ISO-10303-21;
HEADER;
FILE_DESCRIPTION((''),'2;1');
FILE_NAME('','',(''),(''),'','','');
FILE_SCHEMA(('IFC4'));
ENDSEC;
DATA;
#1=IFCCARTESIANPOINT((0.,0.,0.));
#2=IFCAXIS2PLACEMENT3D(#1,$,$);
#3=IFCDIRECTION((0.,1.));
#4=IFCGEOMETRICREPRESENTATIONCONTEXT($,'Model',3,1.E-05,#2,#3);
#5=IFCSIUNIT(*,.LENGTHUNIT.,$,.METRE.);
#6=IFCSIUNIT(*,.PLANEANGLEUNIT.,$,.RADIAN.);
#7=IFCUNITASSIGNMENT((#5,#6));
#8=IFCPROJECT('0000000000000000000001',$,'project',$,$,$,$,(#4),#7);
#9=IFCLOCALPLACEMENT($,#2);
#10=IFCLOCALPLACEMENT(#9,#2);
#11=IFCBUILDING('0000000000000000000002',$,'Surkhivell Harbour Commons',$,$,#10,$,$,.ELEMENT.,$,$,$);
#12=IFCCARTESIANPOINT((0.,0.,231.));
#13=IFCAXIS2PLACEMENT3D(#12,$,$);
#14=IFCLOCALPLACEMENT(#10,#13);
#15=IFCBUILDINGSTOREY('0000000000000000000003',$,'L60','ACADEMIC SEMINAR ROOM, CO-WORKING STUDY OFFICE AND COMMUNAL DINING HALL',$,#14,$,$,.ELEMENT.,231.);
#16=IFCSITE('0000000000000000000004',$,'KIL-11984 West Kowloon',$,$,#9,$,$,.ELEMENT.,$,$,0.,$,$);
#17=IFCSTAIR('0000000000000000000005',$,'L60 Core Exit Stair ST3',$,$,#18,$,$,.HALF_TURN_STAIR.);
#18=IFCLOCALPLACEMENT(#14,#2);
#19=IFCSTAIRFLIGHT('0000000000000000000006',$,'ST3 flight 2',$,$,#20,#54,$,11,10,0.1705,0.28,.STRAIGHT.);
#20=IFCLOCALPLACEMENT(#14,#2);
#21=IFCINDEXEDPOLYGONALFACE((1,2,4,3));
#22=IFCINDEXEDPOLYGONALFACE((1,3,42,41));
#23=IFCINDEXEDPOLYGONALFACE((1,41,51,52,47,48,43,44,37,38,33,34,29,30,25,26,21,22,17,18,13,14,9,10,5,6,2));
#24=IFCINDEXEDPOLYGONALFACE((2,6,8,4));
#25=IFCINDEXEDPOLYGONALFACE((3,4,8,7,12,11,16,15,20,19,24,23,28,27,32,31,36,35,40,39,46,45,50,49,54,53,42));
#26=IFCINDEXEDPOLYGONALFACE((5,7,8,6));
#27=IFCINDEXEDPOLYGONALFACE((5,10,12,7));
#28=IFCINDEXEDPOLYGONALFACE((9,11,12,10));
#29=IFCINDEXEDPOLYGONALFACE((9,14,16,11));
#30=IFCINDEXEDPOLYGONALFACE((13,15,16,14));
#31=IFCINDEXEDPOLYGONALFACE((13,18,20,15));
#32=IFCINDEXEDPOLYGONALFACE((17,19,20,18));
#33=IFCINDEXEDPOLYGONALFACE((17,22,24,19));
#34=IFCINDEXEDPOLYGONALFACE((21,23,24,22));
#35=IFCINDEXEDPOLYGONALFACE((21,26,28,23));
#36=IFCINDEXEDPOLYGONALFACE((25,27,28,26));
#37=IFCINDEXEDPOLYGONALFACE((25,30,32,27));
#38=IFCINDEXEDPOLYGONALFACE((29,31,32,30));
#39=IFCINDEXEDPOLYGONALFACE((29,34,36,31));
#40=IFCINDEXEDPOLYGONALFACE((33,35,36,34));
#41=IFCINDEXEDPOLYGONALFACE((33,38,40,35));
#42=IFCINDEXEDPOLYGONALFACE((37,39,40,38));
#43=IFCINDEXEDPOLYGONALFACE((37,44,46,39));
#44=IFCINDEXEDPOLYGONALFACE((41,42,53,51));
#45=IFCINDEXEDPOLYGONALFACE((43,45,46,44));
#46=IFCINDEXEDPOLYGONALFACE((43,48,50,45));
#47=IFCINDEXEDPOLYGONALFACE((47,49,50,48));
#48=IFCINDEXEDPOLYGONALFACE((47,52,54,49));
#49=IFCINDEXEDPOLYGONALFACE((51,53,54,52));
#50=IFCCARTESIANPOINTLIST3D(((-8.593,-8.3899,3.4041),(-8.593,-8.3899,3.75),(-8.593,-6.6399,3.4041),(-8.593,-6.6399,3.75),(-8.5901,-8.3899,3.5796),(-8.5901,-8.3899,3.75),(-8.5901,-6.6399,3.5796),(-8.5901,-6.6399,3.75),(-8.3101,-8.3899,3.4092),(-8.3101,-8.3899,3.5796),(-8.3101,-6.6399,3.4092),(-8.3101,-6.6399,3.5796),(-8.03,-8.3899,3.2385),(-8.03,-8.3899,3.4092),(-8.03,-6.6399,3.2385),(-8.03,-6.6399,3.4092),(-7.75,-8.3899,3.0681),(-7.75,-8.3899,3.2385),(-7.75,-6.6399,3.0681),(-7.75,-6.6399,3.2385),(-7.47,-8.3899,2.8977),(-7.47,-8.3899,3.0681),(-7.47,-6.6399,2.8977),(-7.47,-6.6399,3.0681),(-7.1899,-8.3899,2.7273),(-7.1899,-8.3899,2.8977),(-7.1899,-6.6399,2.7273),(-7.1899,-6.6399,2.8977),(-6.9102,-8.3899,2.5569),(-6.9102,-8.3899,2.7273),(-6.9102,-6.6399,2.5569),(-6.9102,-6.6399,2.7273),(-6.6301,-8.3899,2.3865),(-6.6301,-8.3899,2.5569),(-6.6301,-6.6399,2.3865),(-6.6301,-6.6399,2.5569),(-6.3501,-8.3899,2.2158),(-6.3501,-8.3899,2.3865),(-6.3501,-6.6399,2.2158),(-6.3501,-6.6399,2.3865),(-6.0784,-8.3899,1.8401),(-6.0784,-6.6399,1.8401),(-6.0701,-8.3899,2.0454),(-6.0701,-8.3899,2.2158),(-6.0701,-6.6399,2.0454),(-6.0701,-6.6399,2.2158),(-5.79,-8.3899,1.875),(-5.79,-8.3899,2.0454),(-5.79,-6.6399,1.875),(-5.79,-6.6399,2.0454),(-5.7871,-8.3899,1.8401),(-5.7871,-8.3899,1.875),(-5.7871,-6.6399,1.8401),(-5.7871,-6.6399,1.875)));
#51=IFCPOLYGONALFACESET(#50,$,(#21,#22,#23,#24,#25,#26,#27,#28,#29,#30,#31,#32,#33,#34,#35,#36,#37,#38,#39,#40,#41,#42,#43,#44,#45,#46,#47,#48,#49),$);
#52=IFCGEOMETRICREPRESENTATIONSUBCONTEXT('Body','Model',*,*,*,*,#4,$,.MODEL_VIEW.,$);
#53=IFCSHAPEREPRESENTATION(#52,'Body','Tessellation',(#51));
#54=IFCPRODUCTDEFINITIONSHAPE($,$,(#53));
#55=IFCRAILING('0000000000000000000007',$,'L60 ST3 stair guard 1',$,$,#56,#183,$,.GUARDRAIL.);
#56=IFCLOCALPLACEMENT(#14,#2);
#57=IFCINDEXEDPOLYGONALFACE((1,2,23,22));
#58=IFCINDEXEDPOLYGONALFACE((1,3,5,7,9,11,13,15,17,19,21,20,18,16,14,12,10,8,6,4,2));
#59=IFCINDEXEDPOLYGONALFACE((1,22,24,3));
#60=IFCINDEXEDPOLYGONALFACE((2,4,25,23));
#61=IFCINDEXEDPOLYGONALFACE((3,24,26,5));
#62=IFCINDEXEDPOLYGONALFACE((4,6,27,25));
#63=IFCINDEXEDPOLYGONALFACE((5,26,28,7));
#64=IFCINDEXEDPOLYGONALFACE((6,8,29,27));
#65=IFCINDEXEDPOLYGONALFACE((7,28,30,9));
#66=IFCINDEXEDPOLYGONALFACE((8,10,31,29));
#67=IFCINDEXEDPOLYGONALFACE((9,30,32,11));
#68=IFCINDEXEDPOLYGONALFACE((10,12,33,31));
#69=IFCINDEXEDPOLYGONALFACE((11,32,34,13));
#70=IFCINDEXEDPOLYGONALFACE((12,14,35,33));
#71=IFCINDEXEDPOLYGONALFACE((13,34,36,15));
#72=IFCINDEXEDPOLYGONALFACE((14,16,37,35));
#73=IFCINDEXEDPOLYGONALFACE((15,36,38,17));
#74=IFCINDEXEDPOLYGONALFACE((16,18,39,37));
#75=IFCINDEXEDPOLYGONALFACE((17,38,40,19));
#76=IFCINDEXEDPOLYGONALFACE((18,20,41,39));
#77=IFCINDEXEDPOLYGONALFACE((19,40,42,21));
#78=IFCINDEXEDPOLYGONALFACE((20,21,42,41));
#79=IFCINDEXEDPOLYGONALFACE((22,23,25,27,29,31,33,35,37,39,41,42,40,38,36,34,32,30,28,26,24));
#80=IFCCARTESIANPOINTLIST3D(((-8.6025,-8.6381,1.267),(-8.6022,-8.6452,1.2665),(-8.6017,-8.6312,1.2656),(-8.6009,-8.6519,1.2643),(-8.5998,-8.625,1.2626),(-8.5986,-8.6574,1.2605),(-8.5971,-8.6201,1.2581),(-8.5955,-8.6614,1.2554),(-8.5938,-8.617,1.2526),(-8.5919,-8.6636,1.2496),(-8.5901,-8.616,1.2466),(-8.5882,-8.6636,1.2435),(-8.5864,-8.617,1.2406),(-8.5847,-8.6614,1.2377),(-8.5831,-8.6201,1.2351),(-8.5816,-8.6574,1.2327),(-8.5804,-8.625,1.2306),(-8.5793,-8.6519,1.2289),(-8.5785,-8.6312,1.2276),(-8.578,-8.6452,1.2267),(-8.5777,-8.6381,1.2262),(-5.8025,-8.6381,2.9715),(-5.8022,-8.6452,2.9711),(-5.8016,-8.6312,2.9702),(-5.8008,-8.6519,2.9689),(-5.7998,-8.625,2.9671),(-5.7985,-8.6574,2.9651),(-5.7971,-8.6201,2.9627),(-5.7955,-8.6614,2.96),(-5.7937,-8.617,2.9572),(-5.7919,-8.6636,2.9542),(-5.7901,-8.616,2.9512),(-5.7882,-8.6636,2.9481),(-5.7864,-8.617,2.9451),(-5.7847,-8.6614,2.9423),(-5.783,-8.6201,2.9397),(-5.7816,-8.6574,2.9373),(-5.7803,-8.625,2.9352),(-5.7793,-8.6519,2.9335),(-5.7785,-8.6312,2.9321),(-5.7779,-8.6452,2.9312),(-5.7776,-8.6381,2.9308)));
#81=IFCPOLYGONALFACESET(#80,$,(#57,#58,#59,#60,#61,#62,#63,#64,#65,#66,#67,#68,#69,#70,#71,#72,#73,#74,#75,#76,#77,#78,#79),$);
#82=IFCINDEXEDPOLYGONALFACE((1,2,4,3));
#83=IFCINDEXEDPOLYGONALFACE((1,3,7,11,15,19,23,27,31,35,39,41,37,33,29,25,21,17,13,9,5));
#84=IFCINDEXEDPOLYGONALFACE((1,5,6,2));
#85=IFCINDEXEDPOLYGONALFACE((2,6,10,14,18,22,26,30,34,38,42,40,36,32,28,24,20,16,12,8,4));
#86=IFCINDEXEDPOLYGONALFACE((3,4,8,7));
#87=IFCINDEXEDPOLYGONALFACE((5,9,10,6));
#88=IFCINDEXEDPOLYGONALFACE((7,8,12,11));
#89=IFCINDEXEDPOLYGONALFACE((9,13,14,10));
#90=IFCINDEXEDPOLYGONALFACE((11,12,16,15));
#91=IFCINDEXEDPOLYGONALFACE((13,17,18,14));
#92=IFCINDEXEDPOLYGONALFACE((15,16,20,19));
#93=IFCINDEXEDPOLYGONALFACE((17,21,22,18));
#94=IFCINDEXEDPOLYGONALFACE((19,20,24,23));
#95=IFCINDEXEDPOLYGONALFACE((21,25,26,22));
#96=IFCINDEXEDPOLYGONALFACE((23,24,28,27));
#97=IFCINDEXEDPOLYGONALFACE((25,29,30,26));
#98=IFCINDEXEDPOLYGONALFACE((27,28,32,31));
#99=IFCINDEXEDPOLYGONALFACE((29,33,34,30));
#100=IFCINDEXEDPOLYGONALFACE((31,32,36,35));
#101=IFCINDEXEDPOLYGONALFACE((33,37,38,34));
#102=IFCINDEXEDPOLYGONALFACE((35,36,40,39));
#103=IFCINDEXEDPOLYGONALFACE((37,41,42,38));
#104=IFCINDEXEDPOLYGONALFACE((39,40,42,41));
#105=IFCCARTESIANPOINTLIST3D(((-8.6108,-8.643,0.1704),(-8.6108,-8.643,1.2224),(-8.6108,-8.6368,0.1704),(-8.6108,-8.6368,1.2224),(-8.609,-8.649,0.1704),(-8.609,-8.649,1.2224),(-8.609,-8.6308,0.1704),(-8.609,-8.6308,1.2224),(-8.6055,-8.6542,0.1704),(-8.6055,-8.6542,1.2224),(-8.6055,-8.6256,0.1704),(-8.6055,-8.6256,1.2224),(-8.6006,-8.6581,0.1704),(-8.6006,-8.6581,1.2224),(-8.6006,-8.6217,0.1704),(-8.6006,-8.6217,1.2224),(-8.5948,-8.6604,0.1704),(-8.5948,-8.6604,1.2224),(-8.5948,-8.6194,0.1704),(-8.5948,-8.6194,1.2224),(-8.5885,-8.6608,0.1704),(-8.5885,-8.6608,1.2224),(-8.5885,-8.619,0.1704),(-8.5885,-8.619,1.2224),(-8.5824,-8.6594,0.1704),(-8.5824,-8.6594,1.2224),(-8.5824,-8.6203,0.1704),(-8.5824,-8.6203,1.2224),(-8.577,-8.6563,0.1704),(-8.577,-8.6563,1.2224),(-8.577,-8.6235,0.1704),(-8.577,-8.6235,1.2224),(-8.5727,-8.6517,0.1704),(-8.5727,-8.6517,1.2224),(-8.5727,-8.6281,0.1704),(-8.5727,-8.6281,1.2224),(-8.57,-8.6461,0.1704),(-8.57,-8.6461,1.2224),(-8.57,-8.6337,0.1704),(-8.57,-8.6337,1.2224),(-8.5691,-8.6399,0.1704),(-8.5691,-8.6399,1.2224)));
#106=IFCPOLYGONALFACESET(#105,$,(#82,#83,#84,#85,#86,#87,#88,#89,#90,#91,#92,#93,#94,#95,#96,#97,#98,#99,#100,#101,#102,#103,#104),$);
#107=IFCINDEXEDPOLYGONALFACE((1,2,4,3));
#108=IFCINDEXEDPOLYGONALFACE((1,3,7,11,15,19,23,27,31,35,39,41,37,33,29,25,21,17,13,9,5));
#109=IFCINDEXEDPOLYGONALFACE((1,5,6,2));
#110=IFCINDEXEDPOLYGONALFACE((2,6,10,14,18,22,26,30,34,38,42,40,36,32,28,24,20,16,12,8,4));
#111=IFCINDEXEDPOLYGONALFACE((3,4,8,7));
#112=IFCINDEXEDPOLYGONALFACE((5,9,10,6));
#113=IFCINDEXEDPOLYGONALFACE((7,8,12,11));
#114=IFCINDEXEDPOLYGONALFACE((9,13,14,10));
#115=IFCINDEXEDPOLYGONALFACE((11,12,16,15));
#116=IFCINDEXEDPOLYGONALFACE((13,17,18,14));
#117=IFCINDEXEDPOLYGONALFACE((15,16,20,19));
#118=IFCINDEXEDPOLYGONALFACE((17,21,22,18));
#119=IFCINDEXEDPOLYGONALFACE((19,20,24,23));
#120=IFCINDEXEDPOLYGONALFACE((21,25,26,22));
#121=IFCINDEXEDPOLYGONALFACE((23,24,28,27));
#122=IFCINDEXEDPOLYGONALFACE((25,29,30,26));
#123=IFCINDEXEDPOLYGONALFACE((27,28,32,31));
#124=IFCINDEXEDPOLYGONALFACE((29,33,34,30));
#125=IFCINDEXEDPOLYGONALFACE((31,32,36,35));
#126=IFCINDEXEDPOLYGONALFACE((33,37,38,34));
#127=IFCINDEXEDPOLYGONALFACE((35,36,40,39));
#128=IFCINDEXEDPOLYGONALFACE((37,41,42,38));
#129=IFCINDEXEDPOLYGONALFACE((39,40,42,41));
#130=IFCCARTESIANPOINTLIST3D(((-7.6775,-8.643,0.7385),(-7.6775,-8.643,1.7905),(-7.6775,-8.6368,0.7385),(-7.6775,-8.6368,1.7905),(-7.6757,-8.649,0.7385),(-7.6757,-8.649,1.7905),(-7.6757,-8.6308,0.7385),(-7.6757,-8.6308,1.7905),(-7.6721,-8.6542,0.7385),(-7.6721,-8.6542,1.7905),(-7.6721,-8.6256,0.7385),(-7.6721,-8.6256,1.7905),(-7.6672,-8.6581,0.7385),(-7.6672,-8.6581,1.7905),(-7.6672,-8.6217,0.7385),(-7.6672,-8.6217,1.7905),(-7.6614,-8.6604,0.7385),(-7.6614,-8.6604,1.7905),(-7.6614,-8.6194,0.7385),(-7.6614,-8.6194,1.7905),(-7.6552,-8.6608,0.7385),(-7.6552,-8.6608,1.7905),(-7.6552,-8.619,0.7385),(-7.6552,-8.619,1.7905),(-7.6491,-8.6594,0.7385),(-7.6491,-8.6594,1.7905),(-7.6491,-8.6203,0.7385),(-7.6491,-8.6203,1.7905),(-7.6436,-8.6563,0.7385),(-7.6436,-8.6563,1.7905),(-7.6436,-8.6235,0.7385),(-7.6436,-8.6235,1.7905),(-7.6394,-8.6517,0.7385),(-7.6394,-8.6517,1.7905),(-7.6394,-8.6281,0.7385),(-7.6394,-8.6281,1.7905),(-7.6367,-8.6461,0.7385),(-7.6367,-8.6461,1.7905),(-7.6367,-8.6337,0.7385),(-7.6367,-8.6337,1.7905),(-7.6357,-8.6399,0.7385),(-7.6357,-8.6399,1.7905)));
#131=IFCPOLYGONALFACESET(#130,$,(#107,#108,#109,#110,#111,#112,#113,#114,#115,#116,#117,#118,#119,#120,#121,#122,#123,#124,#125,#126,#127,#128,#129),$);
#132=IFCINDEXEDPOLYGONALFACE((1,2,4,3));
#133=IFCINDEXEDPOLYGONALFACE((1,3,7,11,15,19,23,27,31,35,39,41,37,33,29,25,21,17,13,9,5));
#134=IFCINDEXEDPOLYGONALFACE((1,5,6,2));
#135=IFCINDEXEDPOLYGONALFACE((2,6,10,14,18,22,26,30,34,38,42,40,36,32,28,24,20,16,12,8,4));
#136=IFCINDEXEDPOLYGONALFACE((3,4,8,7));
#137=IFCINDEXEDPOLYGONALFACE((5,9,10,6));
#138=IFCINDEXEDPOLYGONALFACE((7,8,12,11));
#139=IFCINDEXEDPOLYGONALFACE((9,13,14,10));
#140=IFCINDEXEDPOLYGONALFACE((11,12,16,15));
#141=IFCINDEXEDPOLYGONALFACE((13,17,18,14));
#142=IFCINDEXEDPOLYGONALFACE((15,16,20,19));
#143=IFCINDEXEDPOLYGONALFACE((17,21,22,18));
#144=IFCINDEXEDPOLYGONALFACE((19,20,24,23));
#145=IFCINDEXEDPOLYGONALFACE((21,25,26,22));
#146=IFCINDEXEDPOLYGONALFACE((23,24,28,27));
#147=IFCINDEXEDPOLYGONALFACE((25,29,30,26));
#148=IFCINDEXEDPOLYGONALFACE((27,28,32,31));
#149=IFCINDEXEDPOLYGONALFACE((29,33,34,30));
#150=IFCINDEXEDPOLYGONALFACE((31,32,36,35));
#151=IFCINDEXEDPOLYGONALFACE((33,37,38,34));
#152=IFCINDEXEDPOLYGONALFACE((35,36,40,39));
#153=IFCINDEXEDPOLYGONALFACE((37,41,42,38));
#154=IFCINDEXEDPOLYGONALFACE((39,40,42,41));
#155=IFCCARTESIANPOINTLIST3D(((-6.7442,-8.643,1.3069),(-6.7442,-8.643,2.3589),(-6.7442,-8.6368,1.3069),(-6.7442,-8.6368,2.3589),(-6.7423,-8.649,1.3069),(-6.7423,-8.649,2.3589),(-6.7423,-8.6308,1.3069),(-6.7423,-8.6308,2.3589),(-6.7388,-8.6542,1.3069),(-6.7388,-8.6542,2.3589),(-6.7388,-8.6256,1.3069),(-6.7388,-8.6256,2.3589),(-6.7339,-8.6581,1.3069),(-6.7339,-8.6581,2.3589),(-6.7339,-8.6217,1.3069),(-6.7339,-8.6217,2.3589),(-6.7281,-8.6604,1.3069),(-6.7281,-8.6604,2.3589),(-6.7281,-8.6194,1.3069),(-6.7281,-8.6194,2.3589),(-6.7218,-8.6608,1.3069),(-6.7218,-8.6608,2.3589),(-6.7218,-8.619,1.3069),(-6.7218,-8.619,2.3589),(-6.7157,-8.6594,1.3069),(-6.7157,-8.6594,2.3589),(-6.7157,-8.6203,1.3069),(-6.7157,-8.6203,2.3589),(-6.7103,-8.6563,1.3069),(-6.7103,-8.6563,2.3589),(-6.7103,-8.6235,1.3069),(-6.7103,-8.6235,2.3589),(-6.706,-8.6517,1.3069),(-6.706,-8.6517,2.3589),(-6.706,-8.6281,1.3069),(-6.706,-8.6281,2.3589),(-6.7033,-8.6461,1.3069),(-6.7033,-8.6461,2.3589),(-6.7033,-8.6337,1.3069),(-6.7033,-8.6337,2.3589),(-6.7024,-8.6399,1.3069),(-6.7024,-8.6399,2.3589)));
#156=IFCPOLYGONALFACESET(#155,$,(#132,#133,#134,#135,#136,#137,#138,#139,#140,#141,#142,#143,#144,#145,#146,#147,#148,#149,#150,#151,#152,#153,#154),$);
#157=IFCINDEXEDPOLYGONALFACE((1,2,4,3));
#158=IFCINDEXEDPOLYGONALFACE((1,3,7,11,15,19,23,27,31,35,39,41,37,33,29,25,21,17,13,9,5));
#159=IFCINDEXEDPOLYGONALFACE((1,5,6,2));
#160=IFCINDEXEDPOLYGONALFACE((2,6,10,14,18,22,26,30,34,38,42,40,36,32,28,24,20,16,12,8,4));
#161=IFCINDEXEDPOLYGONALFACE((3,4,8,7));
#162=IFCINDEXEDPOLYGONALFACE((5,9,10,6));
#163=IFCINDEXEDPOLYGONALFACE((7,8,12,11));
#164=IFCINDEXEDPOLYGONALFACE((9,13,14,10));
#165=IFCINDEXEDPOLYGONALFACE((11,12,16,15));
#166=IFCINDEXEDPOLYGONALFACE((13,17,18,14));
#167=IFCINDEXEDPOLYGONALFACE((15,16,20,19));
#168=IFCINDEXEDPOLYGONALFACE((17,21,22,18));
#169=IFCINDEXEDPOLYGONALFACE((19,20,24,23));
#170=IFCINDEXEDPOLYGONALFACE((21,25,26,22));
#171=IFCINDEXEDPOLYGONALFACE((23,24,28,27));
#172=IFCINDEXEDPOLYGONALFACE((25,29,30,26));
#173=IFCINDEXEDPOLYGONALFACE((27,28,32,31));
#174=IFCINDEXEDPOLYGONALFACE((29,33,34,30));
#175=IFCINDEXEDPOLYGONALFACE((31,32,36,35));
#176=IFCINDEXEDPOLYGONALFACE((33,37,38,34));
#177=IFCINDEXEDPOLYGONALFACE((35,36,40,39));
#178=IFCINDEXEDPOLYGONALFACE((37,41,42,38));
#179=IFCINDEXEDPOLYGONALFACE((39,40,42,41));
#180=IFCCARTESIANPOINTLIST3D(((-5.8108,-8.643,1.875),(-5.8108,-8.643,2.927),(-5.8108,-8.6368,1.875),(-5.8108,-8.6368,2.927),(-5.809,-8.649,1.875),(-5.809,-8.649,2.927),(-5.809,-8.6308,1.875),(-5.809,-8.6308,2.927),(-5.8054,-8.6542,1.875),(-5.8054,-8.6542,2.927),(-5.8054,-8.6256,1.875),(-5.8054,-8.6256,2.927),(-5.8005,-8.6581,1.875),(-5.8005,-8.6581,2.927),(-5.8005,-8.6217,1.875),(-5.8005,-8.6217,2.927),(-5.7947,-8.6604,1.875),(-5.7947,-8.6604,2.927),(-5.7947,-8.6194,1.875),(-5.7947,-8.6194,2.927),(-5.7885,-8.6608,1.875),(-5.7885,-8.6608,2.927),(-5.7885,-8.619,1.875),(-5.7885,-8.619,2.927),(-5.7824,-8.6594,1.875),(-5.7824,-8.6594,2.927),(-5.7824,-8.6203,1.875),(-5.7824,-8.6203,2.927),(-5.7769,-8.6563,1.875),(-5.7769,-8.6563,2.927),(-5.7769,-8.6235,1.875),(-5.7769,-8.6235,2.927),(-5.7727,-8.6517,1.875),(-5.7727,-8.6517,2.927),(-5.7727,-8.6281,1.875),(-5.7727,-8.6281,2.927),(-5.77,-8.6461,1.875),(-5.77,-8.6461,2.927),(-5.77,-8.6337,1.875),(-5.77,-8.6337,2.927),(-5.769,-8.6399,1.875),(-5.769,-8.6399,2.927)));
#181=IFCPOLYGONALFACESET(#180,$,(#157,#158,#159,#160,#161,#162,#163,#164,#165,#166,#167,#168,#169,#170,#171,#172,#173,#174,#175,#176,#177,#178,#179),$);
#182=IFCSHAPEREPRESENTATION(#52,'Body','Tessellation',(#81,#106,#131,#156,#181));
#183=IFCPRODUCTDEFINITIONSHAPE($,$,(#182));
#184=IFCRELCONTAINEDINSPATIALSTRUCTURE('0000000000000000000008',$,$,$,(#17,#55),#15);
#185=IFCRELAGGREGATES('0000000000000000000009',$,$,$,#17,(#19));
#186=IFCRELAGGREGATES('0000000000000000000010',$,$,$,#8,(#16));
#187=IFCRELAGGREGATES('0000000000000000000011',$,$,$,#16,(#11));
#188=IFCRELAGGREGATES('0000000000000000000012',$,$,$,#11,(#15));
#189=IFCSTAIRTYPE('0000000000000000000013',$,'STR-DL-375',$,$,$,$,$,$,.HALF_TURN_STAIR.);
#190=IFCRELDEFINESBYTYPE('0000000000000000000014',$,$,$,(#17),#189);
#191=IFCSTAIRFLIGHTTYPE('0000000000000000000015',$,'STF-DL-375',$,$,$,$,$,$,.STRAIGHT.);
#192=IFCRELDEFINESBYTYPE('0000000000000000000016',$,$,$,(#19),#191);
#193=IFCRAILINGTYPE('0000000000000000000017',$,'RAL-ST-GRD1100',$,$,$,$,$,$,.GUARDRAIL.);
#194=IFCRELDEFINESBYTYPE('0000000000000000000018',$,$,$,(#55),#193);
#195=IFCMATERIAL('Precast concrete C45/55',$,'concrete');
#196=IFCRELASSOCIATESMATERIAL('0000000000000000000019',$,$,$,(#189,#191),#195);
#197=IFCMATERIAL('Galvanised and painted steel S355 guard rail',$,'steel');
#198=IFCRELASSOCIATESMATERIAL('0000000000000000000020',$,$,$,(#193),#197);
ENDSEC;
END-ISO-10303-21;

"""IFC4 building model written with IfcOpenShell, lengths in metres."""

from ifc_helpers import new_model, si_unit, direction, frame, origin, origin_2d, place, context, subcontext, project, spatial, polyline, circle, outline, extrude, material, type_object, element, aggregate, save


model = new_model("IFC4")

# Units and contexts
model_context = context("Model", 3, precision=1e-05, world=origin(), true_north=direction((0.0, 1.0)))
body_context = subcontext(model_context, "Body", "Model", "MODEL_VIEW")
ifc_project = project(units=[si_unit("LENGTHUNIT", "METRE"), si_unit("PLANEANGLEUNIT", "RADIAN")], contexts=[model_context])

# Site, building, storey
site_placement = place(None, origin())
site = spatial("IfcSite", under=ifc_project, at=site_placement, Name="KIL-11984 West Kowloon", CompositionType="ELEMENT", RefElevation=0.0)
building_placement = place(site_placement, origin())
building = spatial("IfcBuilding", under=site, at=building_placement, Name="Surkhivell Harbour Commons", CompositionType="ELEMENT")
storey_placement = place(building_placement, frame((0.0, 0.0, 231.0)))
storey = spatial("IfcBuildingStorey", under=building, at=storey_placement, Name="L60", Description="ACADEMIC SEMINAR ROOM, CO-WORKING STUDY OFFICE AND COMMUNAL DINING HALL", CompositionType="ELEMENT", Elevation=231.0)

# Stair, stair flight
ifc_material_1 = material(Name="Precast concrete C45/55", Category="concrete")
stair_type = type_object("IfcStairType", Name="STR-DL-375", PredefinedType="HALF_TURN_STAIR", material=ifc_material_1)
stair_placement = place(storey_placement, origin())
stair = element("IfcStair", 1, at=stair_placement, inside=storey, type_object=stair_type, Name="L60 Core Exit Stair ST3", PredefinedType="HALF_TURN_STAIR")
stair_flight_type = type_object("IfcStairFlightType", Name="STF-DL-375", PredefinedType="STRAIGHT", material=ifc_material_1)
stair_flight_1_placement = place(storey_placement, frame((-5.79, -7.5149, 1.875), z_axis=(0.0, 0.0, 1.0), x_axis=(-1.0, 0.0, 0.0)))
stair_flight_1 = element("IfcStairFlight", 2, at=stair_flight_1_placement, type_object=stair_flight_type, Name="ST3 flight 2", NumberOfRisers=11, NumberOfTreads=10, PredefinedType="STRAIGHT", RiserHeight=0.1705, TreadLength=0.28, context=body_context, shape_type="SweptSolid", body=[
    extrude(outline(polyline([(-0.0029, -0.0349), (-0.0029, 0.0), (0.0, 0.0), (0.0, 0.1704), (0.28, 0.1704), (0.28, 0.3408), (0.5601, 0.3408), (0.5601, 0.5115), (0.8401, 0.5115), (0.8401, 0.6819), (1.1201, 0.6819), (1.1201, 0.8523), (1.3999, 0.8523), (1.3999, 1.0227), (1.6799, 1.0227), (1.6799, 1.1931), (1.96, 1.1931), (1.96, 1.3635), (2.24, 1.3635), (2.24, 1.5342), (2.52, 1.5342), (2.52, 1.7046), (2.8, 1.7046), (2.8, 1.875), (2.803, 1.875), (2.803, 1.5291), (0.2883, -0.0349), (-0.0029, -0.0349)])), frame((0.0, 0.875, 0.0), z_axis=(0.0, -1.0, 0.0), x_axis=(1.0, 0.0, 0.0)), (0.0, 0.0, 1.0), 1.75),
])
aggregate(stair, [stair_flight_1])

# Railing
ifc_material_2 = material(Name="Galvanised and painted steel S355 guard rail", Category="steel")
railing_type_1 = type_object("IfcRailingType", Name="RAL-ST-GRD1100", PredefinedType="GUARDRAIL", material=ifc_material_2)
railing_1_placement = place(storey_placement, frame((-8.5901, -8.6399, 0.1704)))
element("IfcRailing", 3, at=railing_1_placement, inside=storey, type_object=railing_type_1, Name="L60 ST3 stair guard 1", PredefinedType="GUARDRAIL", context=body_context, shape_type="SweptSolid", body=[
    extrude(circle(Radius=0.0239, at=origin_2d()), frame((0.0, 0.0, 1.0762), z_axis=(0.85417, 0.0, 0.519994), x_axis=(0.0, 1.0, 0.0)), (0.0, 0.0, 1.0), 3.2781),
    extrude(circle(Radius=0.021, at=origin_2d()), origin(), (0.0, 0.0, 1.0), 1.052),
    extrude(circle(Radius=0.021, at=origin_2d()), frame((0.9333, 0.0, 0.5681)), (0.0, 0.0, 1.0), 1.052),
    extrude(circle(Radius=0.021, at=origin_2d()), frame((1.8667, 0.0, 1.1365)), (0.0, 0.0, 1.0), 1.052),
    extrude(circle(Radius=0.021, at=origin_2d()), frame((2.8, 0.0, 1.7046)), (0.0, 0.0, 1.0), 1.052),
])

save(model, "model.ifc")
